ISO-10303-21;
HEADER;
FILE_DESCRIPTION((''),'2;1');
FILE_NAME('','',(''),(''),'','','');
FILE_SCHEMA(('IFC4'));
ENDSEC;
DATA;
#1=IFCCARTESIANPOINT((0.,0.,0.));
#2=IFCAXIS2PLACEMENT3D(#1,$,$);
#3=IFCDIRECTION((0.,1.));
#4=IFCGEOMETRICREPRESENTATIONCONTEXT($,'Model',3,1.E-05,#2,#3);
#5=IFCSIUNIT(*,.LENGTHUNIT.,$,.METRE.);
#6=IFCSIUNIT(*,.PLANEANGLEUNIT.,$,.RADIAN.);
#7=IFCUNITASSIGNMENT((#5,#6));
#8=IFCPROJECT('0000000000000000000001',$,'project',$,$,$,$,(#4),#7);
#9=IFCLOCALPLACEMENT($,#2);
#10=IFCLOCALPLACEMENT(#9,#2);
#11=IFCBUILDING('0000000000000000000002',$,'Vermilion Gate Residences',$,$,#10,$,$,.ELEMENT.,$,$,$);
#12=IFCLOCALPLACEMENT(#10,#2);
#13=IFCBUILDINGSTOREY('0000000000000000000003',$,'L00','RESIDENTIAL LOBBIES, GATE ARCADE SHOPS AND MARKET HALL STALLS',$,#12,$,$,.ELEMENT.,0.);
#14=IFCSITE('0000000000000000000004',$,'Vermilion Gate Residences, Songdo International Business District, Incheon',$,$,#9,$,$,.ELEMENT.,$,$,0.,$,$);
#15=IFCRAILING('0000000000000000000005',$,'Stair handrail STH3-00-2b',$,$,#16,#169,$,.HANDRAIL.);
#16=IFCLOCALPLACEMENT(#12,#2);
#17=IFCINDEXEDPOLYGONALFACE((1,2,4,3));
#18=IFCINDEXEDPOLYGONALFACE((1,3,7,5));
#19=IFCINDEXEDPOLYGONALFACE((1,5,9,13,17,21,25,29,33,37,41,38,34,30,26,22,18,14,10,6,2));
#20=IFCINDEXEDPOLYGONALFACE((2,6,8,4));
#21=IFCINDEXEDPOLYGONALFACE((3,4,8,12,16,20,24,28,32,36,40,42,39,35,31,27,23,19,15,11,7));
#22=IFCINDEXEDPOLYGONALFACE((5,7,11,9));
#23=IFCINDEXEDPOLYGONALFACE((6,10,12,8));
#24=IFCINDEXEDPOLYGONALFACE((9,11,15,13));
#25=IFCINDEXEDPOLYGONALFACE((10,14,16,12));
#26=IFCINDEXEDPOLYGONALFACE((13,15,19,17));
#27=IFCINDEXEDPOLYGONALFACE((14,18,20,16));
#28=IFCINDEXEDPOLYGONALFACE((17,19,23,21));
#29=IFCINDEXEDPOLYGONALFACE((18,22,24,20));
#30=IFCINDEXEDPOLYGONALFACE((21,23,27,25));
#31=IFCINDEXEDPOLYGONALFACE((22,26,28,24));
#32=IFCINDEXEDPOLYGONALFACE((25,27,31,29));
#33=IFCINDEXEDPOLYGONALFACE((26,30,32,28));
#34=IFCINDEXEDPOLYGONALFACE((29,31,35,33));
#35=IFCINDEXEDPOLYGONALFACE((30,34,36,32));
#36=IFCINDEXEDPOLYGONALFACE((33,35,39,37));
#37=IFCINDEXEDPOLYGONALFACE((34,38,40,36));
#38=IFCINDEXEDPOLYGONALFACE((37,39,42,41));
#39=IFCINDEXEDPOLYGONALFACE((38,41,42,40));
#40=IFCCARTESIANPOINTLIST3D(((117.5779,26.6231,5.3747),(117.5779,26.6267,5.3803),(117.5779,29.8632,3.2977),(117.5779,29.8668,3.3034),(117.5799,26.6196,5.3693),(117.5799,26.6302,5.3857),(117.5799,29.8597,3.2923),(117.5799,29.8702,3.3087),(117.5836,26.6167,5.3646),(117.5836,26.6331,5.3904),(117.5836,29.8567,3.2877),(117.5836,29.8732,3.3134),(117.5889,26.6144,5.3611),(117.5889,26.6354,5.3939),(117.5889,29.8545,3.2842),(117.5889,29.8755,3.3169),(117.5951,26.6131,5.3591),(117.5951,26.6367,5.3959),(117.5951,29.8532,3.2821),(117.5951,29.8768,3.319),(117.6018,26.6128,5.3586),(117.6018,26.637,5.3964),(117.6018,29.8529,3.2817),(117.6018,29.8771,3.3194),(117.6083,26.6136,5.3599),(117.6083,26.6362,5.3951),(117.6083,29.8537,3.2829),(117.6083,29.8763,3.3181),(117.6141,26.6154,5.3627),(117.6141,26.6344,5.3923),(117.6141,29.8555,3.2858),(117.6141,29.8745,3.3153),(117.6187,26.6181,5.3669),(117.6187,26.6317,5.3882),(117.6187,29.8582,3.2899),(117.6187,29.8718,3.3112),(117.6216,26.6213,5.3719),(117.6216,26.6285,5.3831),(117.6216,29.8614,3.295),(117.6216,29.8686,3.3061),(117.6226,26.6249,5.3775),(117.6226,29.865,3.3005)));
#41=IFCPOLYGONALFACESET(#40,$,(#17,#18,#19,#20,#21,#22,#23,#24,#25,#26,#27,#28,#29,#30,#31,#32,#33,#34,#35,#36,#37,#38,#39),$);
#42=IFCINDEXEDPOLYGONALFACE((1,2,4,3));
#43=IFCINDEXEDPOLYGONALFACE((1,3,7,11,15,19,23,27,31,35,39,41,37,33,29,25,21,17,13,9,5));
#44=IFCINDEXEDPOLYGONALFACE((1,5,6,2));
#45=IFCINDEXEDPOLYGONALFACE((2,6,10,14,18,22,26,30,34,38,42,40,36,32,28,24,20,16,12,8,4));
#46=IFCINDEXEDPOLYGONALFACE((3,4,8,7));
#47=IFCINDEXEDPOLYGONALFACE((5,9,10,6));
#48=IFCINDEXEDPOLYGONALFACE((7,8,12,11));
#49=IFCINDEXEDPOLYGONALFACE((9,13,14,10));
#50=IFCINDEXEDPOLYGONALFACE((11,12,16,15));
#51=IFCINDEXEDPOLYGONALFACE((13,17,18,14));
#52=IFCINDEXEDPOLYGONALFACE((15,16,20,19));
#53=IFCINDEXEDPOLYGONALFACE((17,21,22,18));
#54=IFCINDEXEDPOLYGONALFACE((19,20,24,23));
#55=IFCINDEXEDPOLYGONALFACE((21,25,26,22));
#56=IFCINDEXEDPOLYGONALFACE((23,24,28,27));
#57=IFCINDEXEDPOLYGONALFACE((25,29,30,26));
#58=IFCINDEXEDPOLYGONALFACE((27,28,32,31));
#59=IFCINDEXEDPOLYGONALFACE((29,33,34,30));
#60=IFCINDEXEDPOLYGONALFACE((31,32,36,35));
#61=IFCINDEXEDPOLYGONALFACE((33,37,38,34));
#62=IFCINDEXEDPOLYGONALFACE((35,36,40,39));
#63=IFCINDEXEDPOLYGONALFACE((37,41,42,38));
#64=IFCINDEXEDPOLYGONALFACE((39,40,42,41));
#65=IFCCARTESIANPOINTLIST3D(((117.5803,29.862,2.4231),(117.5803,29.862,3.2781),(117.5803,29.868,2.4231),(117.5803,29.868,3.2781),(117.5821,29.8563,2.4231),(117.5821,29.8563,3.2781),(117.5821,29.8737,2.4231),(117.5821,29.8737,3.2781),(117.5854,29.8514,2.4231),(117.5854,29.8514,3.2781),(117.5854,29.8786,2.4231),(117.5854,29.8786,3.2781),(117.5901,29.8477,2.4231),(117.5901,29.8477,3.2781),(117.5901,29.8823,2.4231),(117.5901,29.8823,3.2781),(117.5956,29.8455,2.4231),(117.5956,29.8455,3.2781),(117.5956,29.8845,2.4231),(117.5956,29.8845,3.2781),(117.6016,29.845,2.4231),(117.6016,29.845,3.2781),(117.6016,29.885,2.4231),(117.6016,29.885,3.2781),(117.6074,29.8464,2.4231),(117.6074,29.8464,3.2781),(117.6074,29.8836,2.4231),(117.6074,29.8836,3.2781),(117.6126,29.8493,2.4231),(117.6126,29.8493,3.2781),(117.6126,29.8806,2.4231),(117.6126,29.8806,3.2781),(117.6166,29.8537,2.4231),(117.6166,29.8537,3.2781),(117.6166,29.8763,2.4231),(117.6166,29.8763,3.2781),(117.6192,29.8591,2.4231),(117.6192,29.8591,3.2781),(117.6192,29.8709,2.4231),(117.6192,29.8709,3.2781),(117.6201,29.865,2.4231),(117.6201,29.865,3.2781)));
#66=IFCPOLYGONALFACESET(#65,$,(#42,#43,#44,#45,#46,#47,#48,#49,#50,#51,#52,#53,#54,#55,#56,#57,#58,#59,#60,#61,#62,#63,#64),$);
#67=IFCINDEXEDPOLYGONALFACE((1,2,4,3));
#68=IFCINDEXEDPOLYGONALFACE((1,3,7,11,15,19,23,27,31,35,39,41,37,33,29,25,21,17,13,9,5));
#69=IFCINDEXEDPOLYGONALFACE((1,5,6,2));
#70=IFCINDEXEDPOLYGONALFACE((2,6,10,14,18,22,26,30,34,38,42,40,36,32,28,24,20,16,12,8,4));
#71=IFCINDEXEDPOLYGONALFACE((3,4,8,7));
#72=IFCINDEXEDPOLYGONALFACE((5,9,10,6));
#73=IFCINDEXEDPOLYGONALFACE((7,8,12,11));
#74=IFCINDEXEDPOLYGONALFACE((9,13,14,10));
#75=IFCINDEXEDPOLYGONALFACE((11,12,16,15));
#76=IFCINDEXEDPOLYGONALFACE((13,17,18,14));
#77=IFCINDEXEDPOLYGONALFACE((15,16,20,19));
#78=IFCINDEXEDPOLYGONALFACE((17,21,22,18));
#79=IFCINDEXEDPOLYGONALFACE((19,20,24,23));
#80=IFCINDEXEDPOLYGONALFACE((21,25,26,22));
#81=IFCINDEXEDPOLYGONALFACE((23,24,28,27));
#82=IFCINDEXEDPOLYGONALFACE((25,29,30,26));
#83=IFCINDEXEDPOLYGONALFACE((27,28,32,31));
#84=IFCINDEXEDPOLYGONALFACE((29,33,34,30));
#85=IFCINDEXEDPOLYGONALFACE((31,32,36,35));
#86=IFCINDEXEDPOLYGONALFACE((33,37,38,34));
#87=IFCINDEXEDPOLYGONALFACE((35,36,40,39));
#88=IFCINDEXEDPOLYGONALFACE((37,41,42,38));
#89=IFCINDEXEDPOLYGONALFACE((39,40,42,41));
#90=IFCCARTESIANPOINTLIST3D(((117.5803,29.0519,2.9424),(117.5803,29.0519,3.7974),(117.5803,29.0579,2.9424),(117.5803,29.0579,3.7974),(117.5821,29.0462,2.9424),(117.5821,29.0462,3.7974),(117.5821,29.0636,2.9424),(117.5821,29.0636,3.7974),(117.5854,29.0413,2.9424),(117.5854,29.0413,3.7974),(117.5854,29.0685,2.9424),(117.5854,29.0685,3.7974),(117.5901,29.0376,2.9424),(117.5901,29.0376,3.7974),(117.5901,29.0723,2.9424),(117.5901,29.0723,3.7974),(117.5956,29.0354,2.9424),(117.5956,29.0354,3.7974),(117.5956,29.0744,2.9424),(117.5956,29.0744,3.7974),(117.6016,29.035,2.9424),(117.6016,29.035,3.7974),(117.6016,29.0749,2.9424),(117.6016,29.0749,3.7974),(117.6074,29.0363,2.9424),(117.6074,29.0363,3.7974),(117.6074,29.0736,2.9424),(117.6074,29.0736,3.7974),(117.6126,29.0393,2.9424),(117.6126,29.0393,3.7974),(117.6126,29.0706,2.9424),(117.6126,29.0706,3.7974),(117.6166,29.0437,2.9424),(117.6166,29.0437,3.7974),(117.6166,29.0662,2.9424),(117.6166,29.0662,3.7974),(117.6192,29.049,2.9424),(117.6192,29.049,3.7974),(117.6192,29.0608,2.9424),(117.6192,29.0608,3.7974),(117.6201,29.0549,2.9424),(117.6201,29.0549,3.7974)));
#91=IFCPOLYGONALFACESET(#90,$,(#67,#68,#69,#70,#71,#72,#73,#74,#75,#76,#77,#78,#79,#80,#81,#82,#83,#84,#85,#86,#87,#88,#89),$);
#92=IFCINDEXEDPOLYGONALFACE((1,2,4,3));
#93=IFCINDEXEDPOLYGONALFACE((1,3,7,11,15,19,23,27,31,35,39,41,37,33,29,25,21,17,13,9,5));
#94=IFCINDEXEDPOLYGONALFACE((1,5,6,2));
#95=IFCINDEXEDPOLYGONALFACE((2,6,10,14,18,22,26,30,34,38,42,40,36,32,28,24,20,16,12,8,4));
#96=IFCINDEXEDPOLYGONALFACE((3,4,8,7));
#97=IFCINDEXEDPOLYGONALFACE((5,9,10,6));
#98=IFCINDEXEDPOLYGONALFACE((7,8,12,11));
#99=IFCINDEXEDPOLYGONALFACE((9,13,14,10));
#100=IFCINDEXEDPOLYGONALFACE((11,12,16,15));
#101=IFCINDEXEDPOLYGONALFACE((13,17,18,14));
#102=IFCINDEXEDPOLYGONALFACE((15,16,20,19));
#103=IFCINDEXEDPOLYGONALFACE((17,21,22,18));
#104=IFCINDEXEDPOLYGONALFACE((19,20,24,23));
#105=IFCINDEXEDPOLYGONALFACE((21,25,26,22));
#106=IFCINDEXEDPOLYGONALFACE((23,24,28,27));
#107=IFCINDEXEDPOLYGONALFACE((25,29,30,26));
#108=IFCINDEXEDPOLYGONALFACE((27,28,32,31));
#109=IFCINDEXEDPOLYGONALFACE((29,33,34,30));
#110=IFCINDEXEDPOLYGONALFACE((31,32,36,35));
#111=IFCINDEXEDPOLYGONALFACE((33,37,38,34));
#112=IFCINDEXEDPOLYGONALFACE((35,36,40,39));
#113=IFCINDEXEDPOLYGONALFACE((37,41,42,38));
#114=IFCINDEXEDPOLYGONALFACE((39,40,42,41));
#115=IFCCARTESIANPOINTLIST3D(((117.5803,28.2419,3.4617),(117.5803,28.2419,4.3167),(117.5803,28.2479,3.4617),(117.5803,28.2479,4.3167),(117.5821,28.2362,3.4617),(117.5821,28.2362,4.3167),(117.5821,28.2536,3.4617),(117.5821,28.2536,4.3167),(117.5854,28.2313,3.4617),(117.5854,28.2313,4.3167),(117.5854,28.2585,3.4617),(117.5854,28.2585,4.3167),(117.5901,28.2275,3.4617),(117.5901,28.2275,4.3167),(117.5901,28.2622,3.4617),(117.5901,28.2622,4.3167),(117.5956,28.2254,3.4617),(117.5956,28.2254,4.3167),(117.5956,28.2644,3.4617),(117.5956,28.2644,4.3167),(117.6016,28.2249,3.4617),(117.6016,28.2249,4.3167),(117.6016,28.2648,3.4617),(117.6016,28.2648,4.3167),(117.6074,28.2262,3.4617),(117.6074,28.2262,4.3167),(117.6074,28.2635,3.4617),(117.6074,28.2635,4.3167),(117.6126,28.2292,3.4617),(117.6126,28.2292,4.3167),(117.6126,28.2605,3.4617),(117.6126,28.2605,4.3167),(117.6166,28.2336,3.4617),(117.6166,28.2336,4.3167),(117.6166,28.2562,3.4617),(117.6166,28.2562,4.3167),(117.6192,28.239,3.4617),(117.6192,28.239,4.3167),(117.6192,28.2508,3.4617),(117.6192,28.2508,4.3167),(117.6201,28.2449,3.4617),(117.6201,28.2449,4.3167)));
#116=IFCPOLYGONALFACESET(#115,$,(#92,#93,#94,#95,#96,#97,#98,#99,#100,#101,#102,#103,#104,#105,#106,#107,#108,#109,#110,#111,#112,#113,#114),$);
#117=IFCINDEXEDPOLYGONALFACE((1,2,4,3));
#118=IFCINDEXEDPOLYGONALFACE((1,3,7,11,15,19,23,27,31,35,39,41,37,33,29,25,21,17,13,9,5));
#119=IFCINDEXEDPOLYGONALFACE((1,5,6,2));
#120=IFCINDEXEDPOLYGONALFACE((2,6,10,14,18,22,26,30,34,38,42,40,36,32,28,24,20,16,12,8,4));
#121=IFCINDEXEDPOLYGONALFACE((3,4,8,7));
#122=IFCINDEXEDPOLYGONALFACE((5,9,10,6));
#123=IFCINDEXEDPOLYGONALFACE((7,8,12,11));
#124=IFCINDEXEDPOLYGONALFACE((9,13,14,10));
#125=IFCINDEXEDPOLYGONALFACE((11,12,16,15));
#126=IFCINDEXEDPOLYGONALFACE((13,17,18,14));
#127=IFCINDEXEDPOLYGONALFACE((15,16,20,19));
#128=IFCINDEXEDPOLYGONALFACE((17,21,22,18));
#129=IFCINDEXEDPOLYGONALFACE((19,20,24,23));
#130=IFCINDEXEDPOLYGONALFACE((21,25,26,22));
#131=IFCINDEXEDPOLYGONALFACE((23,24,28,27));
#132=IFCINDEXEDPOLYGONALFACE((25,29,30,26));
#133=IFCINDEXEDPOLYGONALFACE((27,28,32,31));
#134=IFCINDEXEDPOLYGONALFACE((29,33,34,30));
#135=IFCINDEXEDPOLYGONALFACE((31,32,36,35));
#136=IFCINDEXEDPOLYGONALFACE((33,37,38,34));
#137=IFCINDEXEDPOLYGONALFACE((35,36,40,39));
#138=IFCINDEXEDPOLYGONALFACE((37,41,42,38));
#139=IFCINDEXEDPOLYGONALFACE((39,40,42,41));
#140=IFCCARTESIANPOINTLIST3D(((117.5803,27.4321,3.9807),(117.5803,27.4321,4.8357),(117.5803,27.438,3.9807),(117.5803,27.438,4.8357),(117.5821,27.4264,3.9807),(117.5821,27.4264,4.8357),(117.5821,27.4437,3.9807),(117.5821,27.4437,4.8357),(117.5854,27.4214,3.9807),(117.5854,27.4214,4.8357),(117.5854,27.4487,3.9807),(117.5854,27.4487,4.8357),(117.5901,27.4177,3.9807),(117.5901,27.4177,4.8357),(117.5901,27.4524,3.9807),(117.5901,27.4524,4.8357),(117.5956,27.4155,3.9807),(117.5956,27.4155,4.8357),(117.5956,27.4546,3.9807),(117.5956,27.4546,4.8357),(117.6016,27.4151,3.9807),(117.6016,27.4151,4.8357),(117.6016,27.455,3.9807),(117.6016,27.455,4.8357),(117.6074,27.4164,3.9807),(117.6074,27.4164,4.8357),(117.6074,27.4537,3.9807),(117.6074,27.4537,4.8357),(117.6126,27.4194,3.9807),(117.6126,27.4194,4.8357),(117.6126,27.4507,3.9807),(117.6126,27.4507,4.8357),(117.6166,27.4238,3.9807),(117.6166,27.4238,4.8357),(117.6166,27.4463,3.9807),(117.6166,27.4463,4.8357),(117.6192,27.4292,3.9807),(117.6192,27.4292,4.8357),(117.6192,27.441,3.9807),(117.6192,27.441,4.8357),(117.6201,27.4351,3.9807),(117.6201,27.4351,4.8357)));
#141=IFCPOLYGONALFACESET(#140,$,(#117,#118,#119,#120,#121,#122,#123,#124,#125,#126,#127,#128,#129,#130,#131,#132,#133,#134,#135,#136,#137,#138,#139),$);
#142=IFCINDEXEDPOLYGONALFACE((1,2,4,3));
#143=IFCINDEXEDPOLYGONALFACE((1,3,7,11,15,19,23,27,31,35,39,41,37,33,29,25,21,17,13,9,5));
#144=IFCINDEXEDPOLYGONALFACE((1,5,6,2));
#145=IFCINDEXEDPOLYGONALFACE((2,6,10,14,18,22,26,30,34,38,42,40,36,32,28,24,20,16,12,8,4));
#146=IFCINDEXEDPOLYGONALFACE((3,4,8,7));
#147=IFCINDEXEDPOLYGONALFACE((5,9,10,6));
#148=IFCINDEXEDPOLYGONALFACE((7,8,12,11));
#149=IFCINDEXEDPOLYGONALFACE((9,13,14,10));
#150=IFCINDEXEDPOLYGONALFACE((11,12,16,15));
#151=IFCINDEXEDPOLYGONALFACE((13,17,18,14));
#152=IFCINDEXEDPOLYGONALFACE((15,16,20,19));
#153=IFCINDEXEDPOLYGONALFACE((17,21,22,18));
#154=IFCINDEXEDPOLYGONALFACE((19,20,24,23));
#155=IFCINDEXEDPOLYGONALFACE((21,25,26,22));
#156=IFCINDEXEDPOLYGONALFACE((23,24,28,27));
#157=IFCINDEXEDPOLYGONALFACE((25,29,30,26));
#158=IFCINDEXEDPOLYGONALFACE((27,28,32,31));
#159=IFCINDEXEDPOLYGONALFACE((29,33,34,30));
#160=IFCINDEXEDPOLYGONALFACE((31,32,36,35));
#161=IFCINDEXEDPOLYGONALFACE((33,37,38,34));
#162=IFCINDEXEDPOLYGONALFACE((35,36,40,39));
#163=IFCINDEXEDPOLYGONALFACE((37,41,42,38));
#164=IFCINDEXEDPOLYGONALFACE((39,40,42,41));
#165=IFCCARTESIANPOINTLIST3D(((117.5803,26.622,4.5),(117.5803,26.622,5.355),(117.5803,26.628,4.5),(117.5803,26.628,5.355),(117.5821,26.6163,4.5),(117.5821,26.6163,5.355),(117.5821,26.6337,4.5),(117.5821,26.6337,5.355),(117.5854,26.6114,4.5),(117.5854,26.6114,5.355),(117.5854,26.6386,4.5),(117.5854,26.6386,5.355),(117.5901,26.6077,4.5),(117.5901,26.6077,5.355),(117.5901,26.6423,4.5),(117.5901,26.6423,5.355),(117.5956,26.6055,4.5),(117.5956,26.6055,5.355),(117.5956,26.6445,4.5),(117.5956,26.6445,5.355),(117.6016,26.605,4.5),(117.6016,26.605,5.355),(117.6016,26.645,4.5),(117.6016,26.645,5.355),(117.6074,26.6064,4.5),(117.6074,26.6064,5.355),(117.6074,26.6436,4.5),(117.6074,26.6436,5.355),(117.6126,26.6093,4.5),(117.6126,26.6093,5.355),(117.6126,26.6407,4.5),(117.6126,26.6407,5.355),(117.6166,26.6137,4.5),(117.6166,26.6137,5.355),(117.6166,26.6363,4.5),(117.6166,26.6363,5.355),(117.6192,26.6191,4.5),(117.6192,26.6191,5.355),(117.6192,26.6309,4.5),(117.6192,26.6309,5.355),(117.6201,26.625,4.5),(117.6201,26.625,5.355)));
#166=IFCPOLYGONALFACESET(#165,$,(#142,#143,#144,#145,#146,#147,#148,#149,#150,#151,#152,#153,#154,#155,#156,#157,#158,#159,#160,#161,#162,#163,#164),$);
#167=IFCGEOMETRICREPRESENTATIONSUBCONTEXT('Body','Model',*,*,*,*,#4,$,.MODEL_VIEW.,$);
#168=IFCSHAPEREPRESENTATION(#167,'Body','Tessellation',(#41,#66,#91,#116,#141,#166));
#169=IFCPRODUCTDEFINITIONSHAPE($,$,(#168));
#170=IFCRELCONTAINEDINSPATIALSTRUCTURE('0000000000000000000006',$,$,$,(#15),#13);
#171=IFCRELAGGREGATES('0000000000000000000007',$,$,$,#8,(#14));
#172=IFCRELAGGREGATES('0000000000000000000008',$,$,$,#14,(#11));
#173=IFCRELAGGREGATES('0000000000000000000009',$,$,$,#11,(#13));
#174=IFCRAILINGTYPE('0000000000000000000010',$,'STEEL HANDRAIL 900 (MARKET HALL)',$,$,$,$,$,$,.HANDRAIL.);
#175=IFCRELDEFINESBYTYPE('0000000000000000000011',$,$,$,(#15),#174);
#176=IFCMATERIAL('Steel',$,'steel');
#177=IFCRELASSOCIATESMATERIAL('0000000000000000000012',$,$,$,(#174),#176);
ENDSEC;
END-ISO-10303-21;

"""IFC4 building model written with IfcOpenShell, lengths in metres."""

from ifc_helpers import new_model, si_unit, direction, frame, origin, origin_2d, place, context, subcontext, project, spatial, circle, extrude, material, type_object, element, save


model = new_model("IFC4")

# Units and contexts
model_context = context("Model", 3, precision=1e-05, world=origin(), true_north=direction((0.0, 1.0)))
body_context = subcontext(model_context, "Body", "Model", "MODEL_VIEW")
ifc_project = project(units=[si_unit("LENGTHUNIT", "METRE"), si_unit("PLANEANGLEUNIT", "RADIAN")], contexts=[model_context])

# Site, building, storey
site_placement = place(None, origin())
site = spatial("IfcSite", under=ifc_project, at=site_placement, Name="Vermilion Gate Residences, Songdo International Business District, Incheon", CompositionType="ELEMENT", RefElevation=0.0)
building_placement = place(site_placement, origin())
building = spatial("IfcBuilding", under=site, at=building_placement, Name="Vermilion Gate Residences", CompositionType="ELEMENT")
storey_placement = place(building_placement, origin())
storey = spatial("IfcBuildingStorey", under=building, at=storey_placement, Name="L00", Description="RESIDENTIAL LOBBIES, GATE ARCADE SHOPS AND MARKET HALL STALLS", CompositionType="ELEMENT", Elevation=0.0)

# Railing
ifc_material_1 = material(Name="Steel", Category="steel")
railing_type = type_object("IfcRailingType", Name="STEEL HANDRAIL 900 (MARKET HALL)", PredefinedType="HANDRAIL", material=ifc_material_1)
for number, where, name in (
    (1, (117.6001, 29.865, 2.4231), "Stair handrail STH3-00-2b"),
):
    element("IfcRailing", number, at=place(storey_placement, frame(where)), inside=storey, type_object=railing_type, Name=name, PredefinedType="HANDRAIL", context=body_context, shape_type="SweptSolid", body=[
        extrude(circle(Radius=0.0225, at=origin_2d()), frame((0.0, 0.0, 0.8774), z_axis=(0.0, -0.841881, 0.539664), x_axis=(1.0, 0.0, 0.0)), (0.0, 0.0, 1.0), 3.8486),
        extrude(circle(Radius=0.02, at=origin_2d()), origin(), (0.0, 0.0, 1.0), 0.855),
        extrude(circle(Radius=0.02, at=origin_2d()), frame((0.0, -0.8101, 0.5193)), (0.0, 0.0, 1.0), 0.855),
        extrude(circle(Radius=0.02, at=origin_2d()), frame((0.0, -1.6201, 1.0386)), (0.0, 0.0, 1.0), 0.855),
        extrude(circle(Radius=0.02, at=origin_2d()), frame((0.0, -2.4299, 1.5576)), (0.0, 0.0, 1.0), 0.855),
        extrude(circle(Radius=0.02, at=origin_2d()), frame((0.0, -3.24, 2.0769)), (0.0, 0.0, 1.0), 0.855),
    ])

save(model, "model.ifc")
